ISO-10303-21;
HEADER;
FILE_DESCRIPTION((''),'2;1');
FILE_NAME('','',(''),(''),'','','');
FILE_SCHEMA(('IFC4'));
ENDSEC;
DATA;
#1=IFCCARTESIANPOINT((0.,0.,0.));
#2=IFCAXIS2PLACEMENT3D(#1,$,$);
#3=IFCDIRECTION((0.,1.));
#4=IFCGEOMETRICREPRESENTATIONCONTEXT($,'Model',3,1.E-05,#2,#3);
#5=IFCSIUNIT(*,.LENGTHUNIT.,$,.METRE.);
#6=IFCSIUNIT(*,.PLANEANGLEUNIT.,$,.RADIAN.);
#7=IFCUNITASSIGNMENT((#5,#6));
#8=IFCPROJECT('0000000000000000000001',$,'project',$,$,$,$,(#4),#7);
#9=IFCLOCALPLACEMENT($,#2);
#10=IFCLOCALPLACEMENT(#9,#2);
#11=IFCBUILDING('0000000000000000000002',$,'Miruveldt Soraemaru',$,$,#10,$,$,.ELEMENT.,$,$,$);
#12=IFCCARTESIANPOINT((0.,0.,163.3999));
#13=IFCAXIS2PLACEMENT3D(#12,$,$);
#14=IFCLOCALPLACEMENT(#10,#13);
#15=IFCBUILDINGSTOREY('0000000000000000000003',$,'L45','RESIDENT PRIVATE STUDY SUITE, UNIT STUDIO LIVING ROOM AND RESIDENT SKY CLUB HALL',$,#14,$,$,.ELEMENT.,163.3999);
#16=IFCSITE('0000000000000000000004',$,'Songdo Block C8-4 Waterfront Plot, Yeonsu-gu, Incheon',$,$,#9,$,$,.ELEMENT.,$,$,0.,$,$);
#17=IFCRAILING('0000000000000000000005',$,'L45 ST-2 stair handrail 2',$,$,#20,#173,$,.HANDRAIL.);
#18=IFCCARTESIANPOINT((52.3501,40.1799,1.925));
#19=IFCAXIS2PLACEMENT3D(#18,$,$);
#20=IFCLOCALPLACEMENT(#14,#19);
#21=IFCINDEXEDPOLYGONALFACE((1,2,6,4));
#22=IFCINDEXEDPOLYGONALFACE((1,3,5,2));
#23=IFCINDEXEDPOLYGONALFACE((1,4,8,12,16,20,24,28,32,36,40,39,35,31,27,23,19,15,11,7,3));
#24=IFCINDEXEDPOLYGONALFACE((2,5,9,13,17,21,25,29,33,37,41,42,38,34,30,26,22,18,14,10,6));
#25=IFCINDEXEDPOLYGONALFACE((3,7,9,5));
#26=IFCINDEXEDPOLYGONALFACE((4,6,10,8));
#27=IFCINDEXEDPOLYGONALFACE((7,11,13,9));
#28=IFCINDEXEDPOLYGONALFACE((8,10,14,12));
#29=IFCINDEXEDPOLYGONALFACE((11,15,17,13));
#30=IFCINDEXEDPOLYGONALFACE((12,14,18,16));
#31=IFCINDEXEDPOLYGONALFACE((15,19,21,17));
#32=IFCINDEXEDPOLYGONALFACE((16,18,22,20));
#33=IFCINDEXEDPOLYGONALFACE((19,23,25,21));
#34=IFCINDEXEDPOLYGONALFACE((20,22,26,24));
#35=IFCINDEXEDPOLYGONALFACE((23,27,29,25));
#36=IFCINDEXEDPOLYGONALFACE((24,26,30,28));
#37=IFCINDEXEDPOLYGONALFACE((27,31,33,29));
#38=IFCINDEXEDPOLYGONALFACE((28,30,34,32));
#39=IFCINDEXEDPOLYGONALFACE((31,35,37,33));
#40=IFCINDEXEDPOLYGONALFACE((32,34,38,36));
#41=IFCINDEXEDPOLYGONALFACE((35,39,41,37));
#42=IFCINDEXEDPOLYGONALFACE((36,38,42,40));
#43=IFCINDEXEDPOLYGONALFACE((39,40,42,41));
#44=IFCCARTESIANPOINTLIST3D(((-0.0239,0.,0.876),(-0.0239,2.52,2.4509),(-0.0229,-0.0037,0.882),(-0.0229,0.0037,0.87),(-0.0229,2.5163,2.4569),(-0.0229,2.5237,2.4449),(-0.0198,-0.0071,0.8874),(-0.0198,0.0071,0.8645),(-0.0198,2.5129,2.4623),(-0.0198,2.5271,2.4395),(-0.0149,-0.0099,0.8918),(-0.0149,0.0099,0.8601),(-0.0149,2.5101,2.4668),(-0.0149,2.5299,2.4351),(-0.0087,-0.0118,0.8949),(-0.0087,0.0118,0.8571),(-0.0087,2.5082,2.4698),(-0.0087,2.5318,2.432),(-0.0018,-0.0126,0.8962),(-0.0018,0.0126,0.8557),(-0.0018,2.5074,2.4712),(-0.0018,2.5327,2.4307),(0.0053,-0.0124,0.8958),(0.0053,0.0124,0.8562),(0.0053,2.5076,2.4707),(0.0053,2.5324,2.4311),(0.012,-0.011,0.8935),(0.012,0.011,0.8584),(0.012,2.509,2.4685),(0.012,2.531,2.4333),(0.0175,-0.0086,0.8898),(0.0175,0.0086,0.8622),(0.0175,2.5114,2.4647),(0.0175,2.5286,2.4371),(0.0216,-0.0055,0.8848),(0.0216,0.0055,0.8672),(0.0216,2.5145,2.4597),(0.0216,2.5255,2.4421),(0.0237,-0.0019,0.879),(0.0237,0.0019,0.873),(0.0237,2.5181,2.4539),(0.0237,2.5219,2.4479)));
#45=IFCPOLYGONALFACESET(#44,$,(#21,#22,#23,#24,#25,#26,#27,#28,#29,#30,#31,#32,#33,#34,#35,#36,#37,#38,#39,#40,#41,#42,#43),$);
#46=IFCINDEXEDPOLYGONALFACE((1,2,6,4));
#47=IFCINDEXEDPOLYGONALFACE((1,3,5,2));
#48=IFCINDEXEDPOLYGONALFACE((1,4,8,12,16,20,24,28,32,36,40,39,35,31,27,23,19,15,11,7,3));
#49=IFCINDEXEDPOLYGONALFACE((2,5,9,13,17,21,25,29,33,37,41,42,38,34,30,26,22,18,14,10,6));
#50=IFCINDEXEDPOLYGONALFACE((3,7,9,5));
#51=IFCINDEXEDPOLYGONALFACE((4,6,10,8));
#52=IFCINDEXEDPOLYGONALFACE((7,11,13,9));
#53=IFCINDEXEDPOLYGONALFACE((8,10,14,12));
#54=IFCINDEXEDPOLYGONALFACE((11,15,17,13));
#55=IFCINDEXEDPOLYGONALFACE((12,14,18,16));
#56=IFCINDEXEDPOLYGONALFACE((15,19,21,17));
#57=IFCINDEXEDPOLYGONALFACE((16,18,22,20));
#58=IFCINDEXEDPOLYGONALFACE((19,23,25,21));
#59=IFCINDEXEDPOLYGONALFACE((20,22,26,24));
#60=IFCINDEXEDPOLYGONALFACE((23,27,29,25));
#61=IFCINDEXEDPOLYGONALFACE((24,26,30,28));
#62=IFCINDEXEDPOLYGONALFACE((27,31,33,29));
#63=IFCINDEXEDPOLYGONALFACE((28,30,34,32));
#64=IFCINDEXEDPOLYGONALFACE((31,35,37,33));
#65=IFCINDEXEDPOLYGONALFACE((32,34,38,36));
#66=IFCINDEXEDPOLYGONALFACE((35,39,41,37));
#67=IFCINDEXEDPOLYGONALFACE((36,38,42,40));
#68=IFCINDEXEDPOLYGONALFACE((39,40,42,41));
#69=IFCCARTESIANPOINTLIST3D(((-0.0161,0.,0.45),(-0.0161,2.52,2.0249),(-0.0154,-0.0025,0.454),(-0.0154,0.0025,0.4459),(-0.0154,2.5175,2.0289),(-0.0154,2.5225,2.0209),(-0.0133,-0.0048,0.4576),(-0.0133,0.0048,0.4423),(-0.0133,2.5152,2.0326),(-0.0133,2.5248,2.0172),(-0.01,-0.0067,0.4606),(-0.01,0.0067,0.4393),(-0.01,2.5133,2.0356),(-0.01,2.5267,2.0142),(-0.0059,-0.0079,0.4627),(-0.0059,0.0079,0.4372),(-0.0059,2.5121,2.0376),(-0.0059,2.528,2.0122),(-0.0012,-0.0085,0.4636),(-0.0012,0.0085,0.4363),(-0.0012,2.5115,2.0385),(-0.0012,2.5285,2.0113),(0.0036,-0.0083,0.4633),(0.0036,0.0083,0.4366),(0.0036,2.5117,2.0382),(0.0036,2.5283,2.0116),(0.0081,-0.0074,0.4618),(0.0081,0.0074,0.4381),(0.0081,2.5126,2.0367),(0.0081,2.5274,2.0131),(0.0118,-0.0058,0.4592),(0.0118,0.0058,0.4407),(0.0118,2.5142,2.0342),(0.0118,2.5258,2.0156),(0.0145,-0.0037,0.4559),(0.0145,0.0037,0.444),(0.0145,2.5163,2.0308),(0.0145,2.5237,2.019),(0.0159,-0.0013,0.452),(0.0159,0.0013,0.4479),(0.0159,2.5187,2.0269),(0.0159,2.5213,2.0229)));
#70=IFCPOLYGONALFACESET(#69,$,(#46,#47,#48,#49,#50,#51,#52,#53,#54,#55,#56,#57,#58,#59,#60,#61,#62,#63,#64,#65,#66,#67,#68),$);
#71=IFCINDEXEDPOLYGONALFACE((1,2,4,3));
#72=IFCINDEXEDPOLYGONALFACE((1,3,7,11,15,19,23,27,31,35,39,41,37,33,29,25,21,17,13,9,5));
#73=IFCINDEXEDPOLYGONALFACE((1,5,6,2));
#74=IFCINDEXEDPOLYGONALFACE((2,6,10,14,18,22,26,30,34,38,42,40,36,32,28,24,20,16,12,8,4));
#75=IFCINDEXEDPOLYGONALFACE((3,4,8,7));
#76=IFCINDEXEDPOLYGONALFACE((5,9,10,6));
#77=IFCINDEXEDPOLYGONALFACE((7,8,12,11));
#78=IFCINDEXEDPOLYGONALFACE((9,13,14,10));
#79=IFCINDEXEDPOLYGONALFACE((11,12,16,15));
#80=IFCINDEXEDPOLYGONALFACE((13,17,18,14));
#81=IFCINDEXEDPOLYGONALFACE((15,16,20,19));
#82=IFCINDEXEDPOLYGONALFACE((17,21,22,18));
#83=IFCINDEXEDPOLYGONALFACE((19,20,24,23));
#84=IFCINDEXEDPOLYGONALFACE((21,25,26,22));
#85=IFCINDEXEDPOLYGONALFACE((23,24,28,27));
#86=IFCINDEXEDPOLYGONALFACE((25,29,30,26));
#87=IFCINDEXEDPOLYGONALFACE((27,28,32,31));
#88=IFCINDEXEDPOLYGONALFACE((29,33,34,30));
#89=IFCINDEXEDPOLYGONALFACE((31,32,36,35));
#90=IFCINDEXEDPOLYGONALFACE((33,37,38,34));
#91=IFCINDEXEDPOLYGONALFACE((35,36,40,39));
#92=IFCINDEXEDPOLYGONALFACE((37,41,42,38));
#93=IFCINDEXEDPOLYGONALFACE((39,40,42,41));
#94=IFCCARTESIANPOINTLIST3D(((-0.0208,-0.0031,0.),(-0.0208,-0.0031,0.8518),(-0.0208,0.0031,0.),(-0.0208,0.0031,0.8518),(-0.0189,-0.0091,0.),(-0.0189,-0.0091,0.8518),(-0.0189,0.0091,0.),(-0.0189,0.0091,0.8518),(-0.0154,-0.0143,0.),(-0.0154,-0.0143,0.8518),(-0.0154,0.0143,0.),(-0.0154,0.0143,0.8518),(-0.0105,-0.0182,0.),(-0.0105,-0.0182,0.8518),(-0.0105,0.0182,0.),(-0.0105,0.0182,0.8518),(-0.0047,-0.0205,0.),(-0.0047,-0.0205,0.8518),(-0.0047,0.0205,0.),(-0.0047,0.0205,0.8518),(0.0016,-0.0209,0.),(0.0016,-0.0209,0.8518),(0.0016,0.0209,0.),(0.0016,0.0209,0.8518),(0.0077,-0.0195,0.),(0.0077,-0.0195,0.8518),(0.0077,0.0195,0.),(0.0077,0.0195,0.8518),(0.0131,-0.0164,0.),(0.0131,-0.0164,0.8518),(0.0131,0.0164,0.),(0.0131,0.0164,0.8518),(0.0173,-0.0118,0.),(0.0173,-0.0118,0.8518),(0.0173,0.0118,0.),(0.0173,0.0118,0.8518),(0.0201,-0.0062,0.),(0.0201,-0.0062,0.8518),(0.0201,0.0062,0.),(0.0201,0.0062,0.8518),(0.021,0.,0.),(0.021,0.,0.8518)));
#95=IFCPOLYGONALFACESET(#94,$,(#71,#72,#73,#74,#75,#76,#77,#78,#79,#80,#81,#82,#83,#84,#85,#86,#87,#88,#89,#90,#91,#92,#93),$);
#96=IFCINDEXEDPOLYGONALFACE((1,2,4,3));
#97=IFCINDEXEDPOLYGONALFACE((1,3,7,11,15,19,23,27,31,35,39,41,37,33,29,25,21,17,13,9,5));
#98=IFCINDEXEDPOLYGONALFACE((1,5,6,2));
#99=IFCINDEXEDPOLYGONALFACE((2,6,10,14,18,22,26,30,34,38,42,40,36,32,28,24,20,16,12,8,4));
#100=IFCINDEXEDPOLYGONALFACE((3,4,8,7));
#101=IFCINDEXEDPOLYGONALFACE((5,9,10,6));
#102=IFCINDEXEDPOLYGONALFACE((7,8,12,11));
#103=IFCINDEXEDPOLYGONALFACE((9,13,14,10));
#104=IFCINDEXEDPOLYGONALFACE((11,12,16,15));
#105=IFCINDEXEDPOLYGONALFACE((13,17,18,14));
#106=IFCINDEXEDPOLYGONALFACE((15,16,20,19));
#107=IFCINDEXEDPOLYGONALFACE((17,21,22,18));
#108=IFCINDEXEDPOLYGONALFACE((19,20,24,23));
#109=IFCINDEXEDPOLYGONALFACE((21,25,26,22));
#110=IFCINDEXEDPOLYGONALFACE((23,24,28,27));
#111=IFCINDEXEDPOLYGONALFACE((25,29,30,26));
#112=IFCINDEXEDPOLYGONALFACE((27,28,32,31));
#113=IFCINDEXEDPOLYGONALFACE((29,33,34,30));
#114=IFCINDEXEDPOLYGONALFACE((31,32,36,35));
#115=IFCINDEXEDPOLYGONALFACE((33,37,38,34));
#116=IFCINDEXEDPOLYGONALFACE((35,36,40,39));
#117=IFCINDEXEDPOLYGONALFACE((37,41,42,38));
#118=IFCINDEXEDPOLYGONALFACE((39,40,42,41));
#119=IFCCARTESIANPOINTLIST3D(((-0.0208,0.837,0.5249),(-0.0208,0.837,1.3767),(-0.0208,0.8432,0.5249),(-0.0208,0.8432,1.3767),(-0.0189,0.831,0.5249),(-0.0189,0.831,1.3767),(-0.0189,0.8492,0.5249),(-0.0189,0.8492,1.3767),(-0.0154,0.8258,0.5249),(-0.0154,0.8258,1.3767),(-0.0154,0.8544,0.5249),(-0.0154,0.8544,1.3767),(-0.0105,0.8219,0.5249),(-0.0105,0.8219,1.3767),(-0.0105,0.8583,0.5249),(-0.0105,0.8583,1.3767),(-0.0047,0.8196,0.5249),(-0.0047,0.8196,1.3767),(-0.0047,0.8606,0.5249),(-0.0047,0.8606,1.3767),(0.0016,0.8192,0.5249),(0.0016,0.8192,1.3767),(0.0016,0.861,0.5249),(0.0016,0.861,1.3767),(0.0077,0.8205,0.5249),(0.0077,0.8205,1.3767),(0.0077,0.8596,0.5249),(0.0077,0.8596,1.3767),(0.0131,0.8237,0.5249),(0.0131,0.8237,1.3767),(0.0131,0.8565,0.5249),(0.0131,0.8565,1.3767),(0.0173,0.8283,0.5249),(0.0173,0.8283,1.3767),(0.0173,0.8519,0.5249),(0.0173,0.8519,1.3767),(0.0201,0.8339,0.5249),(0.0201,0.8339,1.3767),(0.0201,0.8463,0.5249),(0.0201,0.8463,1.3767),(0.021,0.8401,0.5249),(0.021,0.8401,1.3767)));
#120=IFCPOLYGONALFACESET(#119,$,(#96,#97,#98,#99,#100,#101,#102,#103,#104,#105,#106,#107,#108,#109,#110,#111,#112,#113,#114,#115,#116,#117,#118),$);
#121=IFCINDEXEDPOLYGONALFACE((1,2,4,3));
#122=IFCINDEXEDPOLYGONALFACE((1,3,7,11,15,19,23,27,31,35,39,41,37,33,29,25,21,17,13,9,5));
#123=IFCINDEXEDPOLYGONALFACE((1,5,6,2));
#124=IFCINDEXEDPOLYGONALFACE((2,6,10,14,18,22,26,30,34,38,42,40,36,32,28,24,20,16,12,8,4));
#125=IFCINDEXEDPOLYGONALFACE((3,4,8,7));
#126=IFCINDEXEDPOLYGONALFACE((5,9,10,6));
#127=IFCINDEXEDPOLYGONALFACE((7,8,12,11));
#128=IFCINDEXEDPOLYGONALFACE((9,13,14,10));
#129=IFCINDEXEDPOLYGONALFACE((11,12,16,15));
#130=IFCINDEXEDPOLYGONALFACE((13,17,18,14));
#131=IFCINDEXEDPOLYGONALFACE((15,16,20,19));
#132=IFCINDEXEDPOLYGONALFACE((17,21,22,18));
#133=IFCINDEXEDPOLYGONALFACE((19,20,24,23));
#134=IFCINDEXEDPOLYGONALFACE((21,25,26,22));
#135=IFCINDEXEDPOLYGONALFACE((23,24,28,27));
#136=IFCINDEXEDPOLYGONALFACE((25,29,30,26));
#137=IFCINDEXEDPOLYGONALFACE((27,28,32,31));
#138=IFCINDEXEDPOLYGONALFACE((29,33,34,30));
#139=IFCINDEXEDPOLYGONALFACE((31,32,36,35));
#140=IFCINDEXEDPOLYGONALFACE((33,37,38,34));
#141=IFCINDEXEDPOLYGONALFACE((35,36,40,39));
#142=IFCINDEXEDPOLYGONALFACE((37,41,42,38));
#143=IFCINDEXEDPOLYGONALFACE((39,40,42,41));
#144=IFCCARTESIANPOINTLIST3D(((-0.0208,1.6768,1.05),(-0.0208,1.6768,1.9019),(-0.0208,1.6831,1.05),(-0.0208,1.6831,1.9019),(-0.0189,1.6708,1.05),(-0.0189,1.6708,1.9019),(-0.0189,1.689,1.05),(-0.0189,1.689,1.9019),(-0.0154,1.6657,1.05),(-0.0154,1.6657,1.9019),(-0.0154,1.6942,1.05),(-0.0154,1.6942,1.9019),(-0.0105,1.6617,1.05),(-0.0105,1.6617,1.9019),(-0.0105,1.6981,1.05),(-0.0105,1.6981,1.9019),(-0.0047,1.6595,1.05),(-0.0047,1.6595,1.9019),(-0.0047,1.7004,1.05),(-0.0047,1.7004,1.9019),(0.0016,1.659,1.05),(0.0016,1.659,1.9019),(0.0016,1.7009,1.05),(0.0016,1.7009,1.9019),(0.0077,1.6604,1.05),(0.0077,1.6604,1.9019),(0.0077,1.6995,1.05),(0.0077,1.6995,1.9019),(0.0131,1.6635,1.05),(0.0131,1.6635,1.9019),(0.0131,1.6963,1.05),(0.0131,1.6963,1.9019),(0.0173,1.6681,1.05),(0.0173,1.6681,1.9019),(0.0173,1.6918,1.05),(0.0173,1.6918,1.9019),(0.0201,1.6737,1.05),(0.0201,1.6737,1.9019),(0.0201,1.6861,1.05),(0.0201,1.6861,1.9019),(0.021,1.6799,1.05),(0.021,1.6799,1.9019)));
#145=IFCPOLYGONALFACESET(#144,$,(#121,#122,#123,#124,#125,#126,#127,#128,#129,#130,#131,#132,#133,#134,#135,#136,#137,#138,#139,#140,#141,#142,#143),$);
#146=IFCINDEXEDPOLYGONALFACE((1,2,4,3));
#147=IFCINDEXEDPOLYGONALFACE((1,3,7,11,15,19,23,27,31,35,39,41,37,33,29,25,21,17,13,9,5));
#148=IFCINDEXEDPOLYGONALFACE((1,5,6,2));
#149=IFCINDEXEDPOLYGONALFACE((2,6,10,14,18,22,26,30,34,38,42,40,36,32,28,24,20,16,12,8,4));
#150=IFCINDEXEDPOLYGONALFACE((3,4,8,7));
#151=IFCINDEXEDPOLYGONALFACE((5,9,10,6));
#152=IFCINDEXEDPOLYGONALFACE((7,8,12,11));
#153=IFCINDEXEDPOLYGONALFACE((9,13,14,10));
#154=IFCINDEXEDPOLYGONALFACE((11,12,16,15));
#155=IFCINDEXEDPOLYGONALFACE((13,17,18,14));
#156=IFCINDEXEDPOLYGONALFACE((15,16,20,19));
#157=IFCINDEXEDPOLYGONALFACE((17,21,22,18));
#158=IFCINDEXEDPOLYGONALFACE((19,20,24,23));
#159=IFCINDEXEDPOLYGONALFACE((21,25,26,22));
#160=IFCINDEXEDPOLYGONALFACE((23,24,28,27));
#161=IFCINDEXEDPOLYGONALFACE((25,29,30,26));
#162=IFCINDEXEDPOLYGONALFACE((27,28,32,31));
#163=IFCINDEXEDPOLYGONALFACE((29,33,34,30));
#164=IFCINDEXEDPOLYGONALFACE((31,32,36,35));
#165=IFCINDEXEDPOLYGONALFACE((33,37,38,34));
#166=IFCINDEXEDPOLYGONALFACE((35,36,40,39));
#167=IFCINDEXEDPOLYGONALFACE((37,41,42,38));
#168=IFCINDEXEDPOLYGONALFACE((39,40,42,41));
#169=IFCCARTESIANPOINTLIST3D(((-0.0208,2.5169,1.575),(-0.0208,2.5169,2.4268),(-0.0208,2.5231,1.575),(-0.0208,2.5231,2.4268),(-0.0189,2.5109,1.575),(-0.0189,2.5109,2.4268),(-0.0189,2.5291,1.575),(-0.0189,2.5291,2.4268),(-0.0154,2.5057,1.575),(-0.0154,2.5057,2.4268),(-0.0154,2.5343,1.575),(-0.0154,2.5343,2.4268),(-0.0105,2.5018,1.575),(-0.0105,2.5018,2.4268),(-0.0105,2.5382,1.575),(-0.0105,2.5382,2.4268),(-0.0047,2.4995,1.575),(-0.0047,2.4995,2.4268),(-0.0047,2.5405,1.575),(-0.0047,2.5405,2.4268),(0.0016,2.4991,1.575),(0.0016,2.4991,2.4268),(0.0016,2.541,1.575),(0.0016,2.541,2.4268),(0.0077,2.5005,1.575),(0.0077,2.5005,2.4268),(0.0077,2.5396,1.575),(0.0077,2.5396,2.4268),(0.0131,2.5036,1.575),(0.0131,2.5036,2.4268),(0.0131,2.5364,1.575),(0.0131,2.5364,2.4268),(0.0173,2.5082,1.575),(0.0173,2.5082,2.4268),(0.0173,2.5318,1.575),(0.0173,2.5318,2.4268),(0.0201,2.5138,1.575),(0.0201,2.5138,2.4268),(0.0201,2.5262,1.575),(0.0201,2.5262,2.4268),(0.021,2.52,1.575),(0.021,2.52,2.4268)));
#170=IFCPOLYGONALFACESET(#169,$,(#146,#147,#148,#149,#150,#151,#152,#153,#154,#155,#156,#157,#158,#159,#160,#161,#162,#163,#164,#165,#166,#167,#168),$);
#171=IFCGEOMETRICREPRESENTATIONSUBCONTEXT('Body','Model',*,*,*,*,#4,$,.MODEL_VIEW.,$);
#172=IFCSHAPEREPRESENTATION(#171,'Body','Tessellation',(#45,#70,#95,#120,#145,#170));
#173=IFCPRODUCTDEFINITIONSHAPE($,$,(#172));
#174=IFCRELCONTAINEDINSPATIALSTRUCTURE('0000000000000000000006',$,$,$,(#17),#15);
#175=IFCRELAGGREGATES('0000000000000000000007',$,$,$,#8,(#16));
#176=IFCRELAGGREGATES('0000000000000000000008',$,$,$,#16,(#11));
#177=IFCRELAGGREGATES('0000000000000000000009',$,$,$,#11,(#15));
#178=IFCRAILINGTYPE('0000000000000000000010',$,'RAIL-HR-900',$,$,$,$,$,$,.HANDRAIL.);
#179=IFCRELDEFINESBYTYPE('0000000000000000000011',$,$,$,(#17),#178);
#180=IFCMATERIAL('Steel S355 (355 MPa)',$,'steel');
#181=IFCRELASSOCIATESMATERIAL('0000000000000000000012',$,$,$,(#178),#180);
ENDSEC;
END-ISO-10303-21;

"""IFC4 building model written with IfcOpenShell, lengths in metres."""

from ifc_helpers import new_model, si_unit, direction, frame, origin, origin_2d, place, context, subcontext, project, spatial, circle, extrude, material, type_object, element, save


model = new_model("IFC4")

# Units and contexts
model_context = context("Model", 3, precision=1e-05, world=origin(), true_north=direction((0.0, 1.0)))
body_context = subcontext(model_context, "Body", "Model", "MODEL_VIEW")
ifc_project = project(units=[si_unit("LENGTHUNIT", "METRE"), si_unit("PLANEANGLEUNIT", "RADIAN")], contexts=[model_context])

# Site, building, storey
site_placement = place(None, origin())
site = spatial("IfcSite", under=ifc_project, at=site_placement, Name="Songdo Block C8-4 Waterfront Plot, Yeonsu-gu, Incheon", CompositionType="ELEMENT", RefElevation=0.0)
building_placement = place(site_placement, origin())
building = spatial("IfcBuilding", under=site, at=building_placement, Name="Miruveldt Soraemaru", CompositionType="ELEMENT")
storey_placement = place(building_placement, frame((0.0, 0.0, 163.3999)))
storey = spatial("IfcBuildingStorey", under=building, at=storey_placement, Name="L45", Description="RESIDENT PRIVATE STUDY SUITE, UNIT STUDIO LIVING ROOM AND RESIDENT SKY CLUB HALL", CompositionType="ELEMENT", Elevation=163.3999)

# Railing
ifc_material_1 = material(Name="Steel S355 (355 MPa)", Category="steel")
railing_type_1 = type_object("IfcRailingType", Name="RAIL-HR-900", PredefinedType="HANDRAIL", material=ifc_material_1)
railing_1_placement = place(storey_placement, frame((52.3501, 40.1799, 1.925)))
element("IfcRailing", 1, at=railing_1_placement, inside=storey, type_object=railing_type_1, Name="L45 ST-2 stair handrail 2", PredefinedType="HANDRAIL", context=body_context, shape_type="SweptSolid", body=[
    extrude(circle(Radius=0.0239, at=origin_2d()), frame((0.0, 0.0, 0.876), z_axis=(0.0, 0.848008, 0.529984), x_axis=(-1.0, 0.0, 0.0)), (0.0, 0.0, 1.0), 2.9717),
    extrude(circle(Radius=0.0161, at=origin_2d()), frame((0.0, 0.0, 0.45), z_axis=(0.0, 0.848008, 0.529984), x_axis=(-1.0, 0.0, 0.0)), (0.0, 0.0, 1.0), 2.9717),
    extrude(circle(Radius=0.021, at=origin_2d()), origin(), (0.0, 0.0, 1.0), 0.8518),
    extrude(circle(Radius=0.021, at=origin_2d()), frame((0.0, 0.8401, 0.5249)), (0.0, 0.0, 1.0), 0.8518),
    extrude(circle(Radius=0.021, at=origin_2d()), frame((0.0, 1.6799, 1.05)), (0.0, 0.0, 1.0), 0.8518),
    extrude(circle(Radius=0.021, at=origin_2d()), frame((0.0, 2.52, 1.575)), (0.0, 0.0, 1.0), 0.8518),
])

save(model, "model.ifc")
